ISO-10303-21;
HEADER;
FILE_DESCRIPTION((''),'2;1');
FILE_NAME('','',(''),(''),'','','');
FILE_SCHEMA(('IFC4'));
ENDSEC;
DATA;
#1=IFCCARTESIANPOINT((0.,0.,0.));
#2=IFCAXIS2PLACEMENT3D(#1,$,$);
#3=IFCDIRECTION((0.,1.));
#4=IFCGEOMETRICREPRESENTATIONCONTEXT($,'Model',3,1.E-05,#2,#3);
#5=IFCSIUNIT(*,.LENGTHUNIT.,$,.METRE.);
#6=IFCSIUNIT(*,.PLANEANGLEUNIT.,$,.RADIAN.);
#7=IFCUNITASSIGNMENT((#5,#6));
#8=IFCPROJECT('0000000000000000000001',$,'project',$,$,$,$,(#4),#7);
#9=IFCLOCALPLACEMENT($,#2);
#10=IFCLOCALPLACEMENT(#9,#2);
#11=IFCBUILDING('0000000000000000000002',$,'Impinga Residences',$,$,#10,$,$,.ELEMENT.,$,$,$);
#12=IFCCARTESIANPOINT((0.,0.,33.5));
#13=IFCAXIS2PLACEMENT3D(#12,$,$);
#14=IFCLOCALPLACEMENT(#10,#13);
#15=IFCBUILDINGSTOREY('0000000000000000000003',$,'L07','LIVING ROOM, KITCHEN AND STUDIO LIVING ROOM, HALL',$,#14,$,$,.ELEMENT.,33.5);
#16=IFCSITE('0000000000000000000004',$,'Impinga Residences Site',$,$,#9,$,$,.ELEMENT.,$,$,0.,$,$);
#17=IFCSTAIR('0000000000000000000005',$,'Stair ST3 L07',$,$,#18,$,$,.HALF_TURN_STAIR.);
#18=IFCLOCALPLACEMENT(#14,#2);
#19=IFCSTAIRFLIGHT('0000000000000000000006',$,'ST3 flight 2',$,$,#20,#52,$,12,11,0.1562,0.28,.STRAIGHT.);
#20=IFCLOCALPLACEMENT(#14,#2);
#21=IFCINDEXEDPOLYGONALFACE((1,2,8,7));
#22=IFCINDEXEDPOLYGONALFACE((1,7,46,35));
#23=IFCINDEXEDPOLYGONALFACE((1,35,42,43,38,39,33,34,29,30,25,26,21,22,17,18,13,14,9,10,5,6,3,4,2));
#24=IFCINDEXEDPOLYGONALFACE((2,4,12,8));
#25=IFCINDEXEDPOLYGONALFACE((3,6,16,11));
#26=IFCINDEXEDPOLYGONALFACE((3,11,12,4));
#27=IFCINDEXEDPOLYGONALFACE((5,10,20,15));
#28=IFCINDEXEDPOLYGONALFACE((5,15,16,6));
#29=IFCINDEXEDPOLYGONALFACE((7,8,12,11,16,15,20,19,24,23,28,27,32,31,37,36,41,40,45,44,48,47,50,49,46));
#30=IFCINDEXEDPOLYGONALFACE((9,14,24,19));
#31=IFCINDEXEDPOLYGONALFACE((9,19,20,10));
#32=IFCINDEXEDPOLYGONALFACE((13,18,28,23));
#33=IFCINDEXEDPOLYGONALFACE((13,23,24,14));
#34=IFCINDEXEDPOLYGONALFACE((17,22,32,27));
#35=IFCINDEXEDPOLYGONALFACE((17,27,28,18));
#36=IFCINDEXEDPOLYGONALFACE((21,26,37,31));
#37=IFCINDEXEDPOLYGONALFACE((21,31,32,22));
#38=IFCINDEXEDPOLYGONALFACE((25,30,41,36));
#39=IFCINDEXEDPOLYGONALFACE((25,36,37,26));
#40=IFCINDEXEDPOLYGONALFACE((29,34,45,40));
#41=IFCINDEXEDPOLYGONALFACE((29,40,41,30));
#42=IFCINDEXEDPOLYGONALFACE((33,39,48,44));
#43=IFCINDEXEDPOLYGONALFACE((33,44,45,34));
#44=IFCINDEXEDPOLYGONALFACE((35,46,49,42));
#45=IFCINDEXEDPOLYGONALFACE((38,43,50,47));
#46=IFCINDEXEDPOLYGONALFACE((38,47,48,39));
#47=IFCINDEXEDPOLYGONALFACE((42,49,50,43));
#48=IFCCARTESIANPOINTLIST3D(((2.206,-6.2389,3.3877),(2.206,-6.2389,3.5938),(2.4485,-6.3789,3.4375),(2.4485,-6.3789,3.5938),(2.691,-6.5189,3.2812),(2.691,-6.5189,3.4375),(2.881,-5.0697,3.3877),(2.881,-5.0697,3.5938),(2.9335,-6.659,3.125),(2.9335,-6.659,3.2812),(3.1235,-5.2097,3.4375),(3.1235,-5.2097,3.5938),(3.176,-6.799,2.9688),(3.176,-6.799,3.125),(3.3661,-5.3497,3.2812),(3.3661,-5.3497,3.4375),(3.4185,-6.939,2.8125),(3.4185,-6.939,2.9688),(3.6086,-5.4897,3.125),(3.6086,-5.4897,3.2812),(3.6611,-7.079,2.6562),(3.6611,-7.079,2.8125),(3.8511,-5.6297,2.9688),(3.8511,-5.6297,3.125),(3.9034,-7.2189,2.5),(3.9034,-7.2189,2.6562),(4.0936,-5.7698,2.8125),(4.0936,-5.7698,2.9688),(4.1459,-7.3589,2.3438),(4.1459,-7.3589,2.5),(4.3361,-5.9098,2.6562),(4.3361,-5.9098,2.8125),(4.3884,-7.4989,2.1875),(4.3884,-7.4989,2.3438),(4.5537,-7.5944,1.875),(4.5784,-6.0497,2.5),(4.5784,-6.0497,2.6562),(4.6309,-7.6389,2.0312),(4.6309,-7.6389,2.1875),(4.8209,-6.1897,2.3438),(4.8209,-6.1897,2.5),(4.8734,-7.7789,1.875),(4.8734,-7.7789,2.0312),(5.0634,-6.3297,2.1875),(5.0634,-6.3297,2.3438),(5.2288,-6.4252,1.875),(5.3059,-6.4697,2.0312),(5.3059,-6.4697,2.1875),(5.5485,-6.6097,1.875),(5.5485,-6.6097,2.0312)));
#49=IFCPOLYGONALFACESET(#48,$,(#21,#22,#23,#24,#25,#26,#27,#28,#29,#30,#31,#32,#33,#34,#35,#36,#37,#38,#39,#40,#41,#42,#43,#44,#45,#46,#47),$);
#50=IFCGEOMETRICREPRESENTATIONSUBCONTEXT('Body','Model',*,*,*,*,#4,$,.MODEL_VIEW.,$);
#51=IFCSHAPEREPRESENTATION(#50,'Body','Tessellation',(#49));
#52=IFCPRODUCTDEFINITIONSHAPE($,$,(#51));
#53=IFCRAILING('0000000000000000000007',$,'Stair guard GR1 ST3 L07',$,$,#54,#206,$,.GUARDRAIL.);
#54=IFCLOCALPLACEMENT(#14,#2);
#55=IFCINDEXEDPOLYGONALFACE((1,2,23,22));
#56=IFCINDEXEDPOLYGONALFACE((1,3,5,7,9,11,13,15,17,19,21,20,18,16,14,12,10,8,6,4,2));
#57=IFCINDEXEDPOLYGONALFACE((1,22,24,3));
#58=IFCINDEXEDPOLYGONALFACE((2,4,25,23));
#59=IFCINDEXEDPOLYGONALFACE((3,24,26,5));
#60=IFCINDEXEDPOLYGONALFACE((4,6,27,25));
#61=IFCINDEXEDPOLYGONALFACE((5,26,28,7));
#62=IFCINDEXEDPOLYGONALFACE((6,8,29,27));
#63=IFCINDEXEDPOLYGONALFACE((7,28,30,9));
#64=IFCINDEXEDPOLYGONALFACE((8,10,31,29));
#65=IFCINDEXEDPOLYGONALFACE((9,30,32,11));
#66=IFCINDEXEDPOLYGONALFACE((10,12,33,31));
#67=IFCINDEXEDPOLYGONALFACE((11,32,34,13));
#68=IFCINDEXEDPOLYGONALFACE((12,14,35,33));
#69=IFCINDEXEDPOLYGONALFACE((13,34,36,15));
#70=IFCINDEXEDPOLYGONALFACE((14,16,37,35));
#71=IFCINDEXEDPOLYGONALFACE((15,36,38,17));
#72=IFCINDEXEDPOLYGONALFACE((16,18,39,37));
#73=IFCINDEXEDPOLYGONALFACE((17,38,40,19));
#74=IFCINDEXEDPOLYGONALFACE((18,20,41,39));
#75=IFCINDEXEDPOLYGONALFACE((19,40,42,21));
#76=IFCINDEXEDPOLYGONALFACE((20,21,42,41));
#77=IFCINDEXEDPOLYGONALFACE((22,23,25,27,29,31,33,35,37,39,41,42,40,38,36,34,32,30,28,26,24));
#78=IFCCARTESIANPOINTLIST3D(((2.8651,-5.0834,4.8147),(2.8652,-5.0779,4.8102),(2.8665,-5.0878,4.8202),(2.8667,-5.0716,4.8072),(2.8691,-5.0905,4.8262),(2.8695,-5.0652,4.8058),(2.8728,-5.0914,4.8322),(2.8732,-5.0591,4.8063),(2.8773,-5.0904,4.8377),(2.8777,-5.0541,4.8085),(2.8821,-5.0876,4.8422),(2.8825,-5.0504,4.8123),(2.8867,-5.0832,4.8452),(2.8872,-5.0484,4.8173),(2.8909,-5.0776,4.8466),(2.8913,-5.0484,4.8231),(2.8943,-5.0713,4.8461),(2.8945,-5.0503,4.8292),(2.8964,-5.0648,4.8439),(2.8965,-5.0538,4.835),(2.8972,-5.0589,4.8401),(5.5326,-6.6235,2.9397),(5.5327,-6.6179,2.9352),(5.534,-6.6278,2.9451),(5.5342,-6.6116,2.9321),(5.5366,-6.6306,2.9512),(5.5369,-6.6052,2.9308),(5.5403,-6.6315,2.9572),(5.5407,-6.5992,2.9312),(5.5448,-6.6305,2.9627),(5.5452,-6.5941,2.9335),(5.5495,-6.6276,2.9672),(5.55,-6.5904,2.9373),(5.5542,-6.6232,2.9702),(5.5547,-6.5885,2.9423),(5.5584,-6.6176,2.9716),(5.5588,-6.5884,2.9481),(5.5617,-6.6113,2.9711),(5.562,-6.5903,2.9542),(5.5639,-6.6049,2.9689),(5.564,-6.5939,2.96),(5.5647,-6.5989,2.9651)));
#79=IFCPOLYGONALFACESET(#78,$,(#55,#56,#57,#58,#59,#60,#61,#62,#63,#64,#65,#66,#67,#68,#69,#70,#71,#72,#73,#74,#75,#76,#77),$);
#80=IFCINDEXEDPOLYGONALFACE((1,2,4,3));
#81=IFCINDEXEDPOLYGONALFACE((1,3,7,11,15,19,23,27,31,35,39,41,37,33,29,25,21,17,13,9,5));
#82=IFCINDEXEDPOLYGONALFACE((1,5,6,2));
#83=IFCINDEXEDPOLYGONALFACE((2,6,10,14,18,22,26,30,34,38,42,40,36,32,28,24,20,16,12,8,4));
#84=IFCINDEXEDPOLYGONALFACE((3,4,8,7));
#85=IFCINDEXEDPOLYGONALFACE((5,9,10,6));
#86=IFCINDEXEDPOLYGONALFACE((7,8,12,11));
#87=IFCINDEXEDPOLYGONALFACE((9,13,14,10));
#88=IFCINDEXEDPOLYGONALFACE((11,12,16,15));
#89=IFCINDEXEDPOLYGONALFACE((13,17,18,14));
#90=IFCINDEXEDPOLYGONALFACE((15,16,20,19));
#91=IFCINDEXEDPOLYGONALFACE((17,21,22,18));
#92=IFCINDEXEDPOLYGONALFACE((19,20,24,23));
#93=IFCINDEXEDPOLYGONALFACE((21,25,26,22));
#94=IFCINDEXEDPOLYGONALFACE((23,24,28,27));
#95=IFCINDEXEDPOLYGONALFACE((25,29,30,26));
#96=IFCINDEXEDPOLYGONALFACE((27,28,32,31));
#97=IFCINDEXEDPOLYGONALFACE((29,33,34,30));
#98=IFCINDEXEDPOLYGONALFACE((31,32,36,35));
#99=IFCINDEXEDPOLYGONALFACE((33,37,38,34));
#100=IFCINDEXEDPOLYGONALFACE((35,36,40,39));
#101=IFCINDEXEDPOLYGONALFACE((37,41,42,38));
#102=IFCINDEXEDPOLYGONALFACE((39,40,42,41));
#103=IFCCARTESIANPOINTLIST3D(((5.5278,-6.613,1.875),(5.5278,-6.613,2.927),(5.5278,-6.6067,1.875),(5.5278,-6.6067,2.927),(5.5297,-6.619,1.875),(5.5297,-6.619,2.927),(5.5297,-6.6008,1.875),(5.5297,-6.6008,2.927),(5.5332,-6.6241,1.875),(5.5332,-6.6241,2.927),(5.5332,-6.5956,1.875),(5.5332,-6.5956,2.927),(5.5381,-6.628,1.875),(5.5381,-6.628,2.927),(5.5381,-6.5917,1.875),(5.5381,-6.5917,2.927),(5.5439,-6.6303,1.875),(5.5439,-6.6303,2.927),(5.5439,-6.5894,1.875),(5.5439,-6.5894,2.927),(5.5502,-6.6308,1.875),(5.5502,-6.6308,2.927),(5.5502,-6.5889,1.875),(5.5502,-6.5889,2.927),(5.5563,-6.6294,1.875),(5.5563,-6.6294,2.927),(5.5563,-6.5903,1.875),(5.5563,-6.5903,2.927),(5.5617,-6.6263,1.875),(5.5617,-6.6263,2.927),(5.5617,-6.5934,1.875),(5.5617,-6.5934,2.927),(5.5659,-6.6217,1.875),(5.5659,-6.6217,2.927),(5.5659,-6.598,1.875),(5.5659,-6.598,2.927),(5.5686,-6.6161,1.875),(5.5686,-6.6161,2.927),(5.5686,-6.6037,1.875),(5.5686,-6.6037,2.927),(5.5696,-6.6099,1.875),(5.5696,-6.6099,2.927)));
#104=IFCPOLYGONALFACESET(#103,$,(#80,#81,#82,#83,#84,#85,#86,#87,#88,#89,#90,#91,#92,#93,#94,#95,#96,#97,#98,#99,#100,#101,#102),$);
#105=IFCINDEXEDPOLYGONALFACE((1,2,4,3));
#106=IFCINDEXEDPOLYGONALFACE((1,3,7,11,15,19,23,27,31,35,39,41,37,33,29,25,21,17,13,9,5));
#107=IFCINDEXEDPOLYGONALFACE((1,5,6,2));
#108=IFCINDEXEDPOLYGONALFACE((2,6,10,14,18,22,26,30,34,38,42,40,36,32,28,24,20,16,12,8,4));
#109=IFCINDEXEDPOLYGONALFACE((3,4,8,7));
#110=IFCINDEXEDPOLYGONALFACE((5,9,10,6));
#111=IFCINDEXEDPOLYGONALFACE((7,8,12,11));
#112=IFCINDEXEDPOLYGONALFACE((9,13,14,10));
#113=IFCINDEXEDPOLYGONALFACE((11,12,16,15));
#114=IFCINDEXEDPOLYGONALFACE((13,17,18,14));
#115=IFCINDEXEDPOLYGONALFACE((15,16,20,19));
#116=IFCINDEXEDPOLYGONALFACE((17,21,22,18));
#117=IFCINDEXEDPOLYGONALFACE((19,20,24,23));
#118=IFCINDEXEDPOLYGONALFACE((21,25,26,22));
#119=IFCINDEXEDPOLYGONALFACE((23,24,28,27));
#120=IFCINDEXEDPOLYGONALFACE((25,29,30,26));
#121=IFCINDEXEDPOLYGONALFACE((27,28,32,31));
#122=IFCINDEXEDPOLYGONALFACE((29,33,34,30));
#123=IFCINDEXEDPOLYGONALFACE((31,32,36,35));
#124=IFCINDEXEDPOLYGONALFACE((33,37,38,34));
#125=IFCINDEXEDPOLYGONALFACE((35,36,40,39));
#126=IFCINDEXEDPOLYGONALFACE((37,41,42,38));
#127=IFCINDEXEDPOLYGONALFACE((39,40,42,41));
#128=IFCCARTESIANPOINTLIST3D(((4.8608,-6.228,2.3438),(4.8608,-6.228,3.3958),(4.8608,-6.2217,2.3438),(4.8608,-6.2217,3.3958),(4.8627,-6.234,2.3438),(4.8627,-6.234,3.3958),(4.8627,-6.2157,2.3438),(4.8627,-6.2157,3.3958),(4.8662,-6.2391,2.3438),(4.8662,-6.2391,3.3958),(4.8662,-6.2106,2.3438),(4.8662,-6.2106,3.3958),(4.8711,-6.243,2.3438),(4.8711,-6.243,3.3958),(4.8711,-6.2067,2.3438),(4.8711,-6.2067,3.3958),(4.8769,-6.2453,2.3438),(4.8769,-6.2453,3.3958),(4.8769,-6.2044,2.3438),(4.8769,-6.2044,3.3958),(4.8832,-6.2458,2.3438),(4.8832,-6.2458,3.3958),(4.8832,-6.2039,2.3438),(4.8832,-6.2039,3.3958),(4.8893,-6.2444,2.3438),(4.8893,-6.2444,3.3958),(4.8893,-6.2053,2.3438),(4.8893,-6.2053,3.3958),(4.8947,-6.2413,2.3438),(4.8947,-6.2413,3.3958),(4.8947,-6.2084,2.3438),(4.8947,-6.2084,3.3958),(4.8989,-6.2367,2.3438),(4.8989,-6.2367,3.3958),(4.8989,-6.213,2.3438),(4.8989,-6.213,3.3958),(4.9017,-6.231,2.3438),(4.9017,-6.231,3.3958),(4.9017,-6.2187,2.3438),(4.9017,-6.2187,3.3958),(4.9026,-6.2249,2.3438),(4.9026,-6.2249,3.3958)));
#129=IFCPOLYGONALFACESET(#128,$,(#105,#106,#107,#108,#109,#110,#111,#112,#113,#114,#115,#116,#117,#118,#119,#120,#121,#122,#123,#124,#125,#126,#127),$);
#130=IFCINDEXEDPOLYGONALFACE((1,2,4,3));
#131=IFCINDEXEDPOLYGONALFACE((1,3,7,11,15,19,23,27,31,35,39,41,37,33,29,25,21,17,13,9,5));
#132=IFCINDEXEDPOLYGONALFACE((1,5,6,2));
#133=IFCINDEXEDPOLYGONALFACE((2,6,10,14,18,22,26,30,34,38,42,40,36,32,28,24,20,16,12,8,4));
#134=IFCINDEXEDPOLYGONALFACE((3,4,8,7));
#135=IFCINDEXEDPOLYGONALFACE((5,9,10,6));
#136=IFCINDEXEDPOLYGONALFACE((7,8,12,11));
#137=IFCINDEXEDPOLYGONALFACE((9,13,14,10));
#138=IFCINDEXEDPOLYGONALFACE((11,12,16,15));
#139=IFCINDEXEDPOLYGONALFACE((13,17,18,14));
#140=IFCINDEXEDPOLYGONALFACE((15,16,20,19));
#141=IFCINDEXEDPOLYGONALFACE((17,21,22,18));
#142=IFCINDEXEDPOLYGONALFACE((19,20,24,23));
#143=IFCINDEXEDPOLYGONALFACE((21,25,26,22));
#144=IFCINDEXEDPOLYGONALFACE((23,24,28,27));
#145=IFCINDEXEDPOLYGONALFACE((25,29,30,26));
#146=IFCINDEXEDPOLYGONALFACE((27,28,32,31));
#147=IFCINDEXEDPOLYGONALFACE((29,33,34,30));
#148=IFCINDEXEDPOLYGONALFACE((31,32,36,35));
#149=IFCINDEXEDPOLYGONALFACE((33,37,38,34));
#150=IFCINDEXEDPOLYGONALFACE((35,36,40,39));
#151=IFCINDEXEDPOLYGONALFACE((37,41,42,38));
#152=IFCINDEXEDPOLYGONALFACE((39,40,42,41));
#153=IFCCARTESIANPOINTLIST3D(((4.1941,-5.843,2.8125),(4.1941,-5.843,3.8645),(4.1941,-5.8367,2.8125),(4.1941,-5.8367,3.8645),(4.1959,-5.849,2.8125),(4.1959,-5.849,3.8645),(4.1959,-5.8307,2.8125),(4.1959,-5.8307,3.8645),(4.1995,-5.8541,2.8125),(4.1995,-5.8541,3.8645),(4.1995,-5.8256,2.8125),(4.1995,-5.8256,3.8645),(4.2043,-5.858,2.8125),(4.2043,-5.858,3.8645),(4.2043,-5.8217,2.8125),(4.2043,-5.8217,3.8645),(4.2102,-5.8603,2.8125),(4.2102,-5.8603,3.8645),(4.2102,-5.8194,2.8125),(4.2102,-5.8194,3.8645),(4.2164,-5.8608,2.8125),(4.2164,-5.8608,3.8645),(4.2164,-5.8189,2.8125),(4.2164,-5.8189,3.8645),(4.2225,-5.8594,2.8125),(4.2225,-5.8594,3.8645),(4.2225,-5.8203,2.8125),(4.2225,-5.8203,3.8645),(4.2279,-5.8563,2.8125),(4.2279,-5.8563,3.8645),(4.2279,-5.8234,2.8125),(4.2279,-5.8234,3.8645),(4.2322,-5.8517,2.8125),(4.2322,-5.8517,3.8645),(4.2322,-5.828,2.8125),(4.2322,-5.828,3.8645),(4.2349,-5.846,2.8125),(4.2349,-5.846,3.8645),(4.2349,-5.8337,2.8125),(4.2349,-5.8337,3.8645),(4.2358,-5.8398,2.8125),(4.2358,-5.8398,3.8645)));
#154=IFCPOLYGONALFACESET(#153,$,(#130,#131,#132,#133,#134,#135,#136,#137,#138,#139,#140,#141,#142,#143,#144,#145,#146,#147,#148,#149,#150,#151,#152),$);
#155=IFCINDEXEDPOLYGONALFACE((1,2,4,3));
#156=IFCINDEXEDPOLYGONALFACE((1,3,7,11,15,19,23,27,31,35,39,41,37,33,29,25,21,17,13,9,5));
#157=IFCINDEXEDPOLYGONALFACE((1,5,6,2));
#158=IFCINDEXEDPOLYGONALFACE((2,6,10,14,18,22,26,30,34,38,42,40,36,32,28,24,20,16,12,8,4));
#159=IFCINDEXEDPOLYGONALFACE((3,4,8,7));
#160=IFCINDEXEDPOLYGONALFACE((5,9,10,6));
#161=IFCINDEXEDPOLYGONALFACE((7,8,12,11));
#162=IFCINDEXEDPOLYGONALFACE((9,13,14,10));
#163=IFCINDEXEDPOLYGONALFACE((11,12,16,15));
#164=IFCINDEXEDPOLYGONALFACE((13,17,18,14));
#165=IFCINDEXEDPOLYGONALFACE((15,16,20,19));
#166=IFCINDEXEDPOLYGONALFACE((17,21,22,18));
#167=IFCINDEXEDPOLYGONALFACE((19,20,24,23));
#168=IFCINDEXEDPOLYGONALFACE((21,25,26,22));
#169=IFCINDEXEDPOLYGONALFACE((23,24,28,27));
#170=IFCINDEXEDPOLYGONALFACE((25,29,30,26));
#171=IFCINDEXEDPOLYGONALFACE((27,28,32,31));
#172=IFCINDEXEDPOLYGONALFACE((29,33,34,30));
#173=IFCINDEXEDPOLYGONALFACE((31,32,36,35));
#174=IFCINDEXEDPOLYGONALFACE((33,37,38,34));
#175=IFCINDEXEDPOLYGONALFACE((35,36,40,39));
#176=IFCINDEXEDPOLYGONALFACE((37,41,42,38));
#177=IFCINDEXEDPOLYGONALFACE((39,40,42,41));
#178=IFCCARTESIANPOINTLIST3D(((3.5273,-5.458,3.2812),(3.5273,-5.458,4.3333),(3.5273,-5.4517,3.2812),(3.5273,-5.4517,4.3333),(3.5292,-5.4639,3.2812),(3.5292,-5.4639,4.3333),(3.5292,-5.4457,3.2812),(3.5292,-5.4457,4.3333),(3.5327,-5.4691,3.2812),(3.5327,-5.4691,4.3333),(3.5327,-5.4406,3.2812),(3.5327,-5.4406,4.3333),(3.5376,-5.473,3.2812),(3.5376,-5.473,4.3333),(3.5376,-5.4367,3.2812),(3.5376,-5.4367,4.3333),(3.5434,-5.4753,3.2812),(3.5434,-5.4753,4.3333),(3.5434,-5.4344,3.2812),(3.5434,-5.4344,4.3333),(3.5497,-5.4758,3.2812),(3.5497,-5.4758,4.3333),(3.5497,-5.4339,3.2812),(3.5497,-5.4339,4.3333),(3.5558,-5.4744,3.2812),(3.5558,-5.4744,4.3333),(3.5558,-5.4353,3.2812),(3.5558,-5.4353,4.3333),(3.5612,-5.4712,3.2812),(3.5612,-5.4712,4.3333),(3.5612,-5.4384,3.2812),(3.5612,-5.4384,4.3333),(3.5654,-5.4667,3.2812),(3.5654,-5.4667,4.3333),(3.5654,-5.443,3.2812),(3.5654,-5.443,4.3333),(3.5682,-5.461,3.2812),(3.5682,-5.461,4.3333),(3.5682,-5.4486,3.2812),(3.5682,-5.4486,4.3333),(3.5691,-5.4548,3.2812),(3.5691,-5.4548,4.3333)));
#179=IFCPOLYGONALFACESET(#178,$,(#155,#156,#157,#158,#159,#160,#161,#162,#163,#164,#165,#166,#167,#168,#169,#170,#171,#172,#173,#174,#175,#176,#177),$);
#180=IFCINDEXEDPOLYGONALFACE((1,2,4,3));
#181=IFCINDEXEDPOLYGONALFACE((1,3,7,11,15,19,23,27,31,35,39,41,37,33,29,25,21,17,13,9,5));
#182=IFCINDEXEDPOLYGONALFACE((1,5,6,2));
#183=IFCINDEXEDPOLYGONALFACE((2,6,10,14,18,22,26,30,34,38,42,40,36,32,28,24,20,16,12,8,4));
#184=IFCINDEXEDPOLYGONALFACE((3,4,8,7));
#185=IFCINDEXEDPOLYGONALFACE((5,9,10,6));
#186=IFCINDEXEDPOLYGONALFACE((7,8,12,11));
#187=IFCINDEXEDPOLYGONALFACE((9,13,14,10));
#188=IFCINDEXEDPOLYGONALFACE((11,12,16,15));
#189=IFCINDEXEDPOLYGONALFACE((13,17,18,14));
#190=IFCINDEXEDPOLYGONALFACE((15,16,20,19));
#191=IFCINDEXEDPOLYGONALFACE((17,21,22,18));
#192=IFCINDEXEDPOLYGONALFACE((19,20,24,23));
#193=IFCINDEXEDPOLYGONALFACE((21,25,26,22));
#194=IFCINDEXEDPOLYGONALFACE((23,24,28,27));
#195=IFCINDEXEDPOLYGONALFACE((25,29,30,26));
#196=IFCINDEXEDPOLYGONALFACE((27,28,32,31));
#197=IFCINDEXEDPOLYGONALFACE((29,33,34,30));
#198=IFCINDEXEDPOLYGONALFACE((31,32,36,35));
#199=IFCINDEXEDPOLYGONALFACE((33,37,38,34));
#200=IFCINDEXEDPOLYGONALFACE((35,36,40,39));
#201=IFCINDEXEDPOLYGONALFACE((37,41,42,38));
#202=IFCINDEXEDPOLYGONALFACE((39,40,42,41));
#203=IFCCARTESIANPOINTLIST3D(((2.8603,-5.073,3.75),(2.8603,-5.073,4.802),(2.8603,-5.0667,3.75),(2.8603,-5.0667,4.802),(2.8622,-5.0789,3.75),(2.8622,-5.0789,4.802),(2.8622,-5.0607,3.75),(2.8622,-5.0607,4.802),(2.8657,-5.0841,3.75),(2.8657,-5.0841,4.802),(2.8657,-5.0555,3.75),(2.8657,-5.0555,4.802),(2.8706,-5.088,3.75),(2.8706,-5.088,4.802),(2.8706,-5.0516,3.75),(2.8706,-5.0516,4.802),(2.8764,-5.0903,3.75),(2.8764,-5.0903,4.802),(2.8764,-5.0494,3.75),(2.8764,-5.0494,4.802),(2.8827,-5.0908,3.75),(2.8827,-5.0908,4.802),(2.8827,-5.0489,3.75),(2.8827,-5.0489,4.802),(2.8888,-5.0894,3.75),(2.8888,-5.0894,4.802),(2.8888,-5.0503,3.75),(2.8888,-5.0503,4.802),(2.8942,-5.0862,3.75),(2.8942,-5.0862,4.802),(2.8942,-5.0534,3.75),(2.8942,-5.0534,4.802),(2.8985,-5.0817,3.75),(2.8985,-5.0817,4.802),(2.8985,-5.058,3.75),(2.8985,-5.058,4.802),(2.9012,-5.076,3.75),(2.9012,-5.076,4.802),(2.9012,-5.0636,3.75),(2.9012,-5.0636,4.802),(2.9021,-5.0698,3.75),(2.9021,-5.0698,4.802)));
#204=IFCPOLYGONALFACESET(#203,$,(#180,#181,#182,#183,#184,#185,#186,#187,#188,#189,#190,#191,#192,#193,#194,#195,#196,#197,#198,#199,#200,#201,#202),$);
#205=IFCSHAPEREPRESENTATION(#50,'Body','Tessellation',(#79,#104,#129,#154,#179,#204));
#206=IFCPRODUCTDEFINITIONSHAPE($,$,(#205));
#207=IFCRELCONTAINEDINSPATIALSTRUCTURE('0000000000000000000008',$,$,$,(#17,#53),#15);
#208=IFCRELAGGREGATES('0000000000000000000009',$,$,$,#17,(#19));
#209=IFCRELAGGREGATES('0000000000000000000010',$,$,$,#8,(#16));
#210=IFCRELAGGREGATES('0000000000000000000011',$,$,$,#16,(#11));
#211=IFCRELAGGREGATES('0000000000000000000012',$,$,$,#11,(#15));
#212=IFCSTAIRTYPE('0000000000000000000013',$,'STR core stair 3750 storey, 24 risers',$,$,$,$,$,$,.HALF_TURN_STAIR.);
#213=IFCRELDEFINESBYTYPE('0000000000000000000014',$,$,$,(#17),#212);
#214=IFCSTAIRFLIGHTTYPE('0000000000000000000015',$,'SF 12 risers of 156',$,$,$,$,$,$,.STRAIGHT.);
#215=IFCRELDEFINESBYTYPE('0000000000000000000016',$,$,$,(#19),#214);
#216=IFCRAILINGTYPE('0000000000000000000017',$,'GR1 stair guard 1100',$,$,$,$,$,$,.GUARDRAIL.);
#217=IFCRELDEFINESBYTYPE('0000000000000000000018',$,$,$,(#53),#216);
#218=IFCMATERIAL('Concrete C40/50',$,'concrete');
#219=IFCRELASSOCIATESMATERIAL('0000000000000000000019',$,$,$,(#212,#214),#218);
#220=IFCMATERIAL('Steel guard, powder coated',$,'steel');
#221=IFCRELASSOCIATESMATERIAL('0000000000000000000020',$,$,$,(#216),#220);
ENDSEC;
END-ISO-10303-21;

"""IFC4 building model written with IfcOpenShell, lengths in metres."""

from ifc_helpers import new_model, si_unit, direction, frame, origin, origin_2d, place, context, subcontext, project, spatial, polyline, circle, outline, extrude, material, type_object, element, aggregate, save


model = new_model("IFC4")

# Units and contexts
model_context = context("Model", 3, precision=1e-05, world=origin(), true_north=direction((0.0, 1.0)))
body_context = subcontext(model_context, "Body", "Model", "MODEL_VIEW")
ifc_project = project(units=[si_unit("LENGTHUNIT", "METRE"), si_unit("PLANEANGLEUNIT", "RADIAN")], contexts=[model_context])

# Site, building, storey
site_placement = place(None, origin())
site = spatial("IfcSite", under=ifc_project, at=site_placement, Name="Impinga Residences Site", CompositionType="ELEMENT", RefElevation=0.0)
building_placement = place(site_placement, origin())
building = spatial("IfcBuilding", under=site, at=building_placement, Name="Impinga Residences", CompositionType="ELEMENT")
storey_placement = place(building_placement, frame((0.0, 0.0, 33.5)))
storey = spatial("IfcBuildingStorey", under=building, at=storey_placement, Name="L07", Description="LIVING ROOM, KITCHEN AND STUDIO LIVING ROOM, HALL", CompositionType="ELEMENT", Elevation=33.5)

# Stair, stair flight
ifc_material_1 = material(Name="Concrete C40/50", Category="concrete")
stair_type = type_object("IfcStairType", Name="STR core stair 3750 storey, 24 risers", PredefinedType="HALF_TURN_STAIR", material=ifc_material_1)
stair_placement = place(storey_placement, origin())
stair = element("IfcStair", 1, at=stair_placement, inside=storey, type_object=stair_type, Name="Stair ST3 L07", PredefinedType="HALF_TURN_STAIR")
stair_flight_type = type_object("IfcStairFlightType", Name="SF 12 risers of 156", PredefinedType="STRAIGHT", material=ifc_material_1)
stair_flight_placement = place(storey_placement, frame((5.2109, -7.1943, 1.875), z_axis=(0.0, 0.0, 1.0), x_axis=(-0.866025, 0.5, 0.0)))
stair_flight = element("IfcStairFlight", 2, at=stair_flight_placement, type_object=stair_flight_type, Name="ST3 flight 2", NumberOfRisers=12, NumberOfTreads=11, PredefinedType="STRAIGHT", RiserHeight=0.1562, TreadLength=0.28, context=body_context, shape_type="SweptSolid", body=[
    extrude(outline(polyline([(0.0, 0.0), (0.0, 0.1562), (0.28, 0.1562), (0.28, 0.3125), (0.5601, 0.3125), (0.5601, 0.4688), (0.8401, 0.4688), (0.8401, 0.625), (1.1201, 0.625), (1.1201, 0.7812), (1.3999, 0.7812), (1.3999, 0.9375), (1.6799, 0.9375), (1.6799, 1.0938), (1.96, 1.0938), (1.96, 1.25), (2.24, 1.25), (2.24, 1.4062), (2.52, 1.4062), (2.52, 1.5625), (2.8, 1.5625), (2.8, 1.7188), (3.0801, 1.7188), (3.0801, 1.875), (3.0801, 1.5127), (0.3691, 0.0), (0.0, 0.0)])), frame((0.0, 0.675, 0.0), z_axis=(0.0, -1.0, 0.0), x_axis=(1.0, 0.0, 0.0)), (0.0, 0.0, 1.0), 1.3501),
])
aggregate(stair, [stair_flight])

# Railing
ifc_material_2 = material(Name="Steel guard, powder coated", Category="steel")
railing_type_1 = type_object("IfcRailingType", Name="GR1 stair guard 1100", PredefinedType="GUARDRAIL", material=ifc_material_2)
railing_1_placement = place(storey_placement, frame((5.5486, -6.6099, 1.875)))
element("IfcRailing", 3, at=railing_1_placement, inside=storey, type_object=railing_type_1, Name="Stair guard GR1 ST3 L07", PredefinedType="GUARDRAIL", context=body_context, shape_type="SweptSolid", body=[
    extrude(circle(Radius=0.0239, at=origin_2d()), frame((0.0, 0.0, 1.0762), z_axis=(-0.739746, 0.427084, 0.519975), x_axis=(-0.499992, -0.86603, 0.0)), (0.0, 0.0, 1.0), 3.606),
    extrude(circle(Radius=0.021, at=origin_2d()), origin(), (0.0, 0.0, 1.0), 1.052),
    extrude(circle(Radius=0.021, at=origin_2d()), frame((-0.667, 0.385, 0.4688)), (0.0, 0.0, 1.0), 1.052),
    extrude(circle(Radius=0.021, at=origin_2d()), frame((-1.3337, 0.77, 0.9375)), (0.0, 0.0, 1.0), 1.052),
    extrude(circle(Radius=0.021, at=origin_2d()), frame((-2.0005, 1.155, 1.4062)), (0.0, 0.0, 1.0), 1.052),
    extrude(circle(Radius=0.021, at=origin_2d()), frame((-2.6675, 1.54, 1.875)), (0.0, 0.0, 1.0), 1.052),
])

save(model, "model.ifc")
